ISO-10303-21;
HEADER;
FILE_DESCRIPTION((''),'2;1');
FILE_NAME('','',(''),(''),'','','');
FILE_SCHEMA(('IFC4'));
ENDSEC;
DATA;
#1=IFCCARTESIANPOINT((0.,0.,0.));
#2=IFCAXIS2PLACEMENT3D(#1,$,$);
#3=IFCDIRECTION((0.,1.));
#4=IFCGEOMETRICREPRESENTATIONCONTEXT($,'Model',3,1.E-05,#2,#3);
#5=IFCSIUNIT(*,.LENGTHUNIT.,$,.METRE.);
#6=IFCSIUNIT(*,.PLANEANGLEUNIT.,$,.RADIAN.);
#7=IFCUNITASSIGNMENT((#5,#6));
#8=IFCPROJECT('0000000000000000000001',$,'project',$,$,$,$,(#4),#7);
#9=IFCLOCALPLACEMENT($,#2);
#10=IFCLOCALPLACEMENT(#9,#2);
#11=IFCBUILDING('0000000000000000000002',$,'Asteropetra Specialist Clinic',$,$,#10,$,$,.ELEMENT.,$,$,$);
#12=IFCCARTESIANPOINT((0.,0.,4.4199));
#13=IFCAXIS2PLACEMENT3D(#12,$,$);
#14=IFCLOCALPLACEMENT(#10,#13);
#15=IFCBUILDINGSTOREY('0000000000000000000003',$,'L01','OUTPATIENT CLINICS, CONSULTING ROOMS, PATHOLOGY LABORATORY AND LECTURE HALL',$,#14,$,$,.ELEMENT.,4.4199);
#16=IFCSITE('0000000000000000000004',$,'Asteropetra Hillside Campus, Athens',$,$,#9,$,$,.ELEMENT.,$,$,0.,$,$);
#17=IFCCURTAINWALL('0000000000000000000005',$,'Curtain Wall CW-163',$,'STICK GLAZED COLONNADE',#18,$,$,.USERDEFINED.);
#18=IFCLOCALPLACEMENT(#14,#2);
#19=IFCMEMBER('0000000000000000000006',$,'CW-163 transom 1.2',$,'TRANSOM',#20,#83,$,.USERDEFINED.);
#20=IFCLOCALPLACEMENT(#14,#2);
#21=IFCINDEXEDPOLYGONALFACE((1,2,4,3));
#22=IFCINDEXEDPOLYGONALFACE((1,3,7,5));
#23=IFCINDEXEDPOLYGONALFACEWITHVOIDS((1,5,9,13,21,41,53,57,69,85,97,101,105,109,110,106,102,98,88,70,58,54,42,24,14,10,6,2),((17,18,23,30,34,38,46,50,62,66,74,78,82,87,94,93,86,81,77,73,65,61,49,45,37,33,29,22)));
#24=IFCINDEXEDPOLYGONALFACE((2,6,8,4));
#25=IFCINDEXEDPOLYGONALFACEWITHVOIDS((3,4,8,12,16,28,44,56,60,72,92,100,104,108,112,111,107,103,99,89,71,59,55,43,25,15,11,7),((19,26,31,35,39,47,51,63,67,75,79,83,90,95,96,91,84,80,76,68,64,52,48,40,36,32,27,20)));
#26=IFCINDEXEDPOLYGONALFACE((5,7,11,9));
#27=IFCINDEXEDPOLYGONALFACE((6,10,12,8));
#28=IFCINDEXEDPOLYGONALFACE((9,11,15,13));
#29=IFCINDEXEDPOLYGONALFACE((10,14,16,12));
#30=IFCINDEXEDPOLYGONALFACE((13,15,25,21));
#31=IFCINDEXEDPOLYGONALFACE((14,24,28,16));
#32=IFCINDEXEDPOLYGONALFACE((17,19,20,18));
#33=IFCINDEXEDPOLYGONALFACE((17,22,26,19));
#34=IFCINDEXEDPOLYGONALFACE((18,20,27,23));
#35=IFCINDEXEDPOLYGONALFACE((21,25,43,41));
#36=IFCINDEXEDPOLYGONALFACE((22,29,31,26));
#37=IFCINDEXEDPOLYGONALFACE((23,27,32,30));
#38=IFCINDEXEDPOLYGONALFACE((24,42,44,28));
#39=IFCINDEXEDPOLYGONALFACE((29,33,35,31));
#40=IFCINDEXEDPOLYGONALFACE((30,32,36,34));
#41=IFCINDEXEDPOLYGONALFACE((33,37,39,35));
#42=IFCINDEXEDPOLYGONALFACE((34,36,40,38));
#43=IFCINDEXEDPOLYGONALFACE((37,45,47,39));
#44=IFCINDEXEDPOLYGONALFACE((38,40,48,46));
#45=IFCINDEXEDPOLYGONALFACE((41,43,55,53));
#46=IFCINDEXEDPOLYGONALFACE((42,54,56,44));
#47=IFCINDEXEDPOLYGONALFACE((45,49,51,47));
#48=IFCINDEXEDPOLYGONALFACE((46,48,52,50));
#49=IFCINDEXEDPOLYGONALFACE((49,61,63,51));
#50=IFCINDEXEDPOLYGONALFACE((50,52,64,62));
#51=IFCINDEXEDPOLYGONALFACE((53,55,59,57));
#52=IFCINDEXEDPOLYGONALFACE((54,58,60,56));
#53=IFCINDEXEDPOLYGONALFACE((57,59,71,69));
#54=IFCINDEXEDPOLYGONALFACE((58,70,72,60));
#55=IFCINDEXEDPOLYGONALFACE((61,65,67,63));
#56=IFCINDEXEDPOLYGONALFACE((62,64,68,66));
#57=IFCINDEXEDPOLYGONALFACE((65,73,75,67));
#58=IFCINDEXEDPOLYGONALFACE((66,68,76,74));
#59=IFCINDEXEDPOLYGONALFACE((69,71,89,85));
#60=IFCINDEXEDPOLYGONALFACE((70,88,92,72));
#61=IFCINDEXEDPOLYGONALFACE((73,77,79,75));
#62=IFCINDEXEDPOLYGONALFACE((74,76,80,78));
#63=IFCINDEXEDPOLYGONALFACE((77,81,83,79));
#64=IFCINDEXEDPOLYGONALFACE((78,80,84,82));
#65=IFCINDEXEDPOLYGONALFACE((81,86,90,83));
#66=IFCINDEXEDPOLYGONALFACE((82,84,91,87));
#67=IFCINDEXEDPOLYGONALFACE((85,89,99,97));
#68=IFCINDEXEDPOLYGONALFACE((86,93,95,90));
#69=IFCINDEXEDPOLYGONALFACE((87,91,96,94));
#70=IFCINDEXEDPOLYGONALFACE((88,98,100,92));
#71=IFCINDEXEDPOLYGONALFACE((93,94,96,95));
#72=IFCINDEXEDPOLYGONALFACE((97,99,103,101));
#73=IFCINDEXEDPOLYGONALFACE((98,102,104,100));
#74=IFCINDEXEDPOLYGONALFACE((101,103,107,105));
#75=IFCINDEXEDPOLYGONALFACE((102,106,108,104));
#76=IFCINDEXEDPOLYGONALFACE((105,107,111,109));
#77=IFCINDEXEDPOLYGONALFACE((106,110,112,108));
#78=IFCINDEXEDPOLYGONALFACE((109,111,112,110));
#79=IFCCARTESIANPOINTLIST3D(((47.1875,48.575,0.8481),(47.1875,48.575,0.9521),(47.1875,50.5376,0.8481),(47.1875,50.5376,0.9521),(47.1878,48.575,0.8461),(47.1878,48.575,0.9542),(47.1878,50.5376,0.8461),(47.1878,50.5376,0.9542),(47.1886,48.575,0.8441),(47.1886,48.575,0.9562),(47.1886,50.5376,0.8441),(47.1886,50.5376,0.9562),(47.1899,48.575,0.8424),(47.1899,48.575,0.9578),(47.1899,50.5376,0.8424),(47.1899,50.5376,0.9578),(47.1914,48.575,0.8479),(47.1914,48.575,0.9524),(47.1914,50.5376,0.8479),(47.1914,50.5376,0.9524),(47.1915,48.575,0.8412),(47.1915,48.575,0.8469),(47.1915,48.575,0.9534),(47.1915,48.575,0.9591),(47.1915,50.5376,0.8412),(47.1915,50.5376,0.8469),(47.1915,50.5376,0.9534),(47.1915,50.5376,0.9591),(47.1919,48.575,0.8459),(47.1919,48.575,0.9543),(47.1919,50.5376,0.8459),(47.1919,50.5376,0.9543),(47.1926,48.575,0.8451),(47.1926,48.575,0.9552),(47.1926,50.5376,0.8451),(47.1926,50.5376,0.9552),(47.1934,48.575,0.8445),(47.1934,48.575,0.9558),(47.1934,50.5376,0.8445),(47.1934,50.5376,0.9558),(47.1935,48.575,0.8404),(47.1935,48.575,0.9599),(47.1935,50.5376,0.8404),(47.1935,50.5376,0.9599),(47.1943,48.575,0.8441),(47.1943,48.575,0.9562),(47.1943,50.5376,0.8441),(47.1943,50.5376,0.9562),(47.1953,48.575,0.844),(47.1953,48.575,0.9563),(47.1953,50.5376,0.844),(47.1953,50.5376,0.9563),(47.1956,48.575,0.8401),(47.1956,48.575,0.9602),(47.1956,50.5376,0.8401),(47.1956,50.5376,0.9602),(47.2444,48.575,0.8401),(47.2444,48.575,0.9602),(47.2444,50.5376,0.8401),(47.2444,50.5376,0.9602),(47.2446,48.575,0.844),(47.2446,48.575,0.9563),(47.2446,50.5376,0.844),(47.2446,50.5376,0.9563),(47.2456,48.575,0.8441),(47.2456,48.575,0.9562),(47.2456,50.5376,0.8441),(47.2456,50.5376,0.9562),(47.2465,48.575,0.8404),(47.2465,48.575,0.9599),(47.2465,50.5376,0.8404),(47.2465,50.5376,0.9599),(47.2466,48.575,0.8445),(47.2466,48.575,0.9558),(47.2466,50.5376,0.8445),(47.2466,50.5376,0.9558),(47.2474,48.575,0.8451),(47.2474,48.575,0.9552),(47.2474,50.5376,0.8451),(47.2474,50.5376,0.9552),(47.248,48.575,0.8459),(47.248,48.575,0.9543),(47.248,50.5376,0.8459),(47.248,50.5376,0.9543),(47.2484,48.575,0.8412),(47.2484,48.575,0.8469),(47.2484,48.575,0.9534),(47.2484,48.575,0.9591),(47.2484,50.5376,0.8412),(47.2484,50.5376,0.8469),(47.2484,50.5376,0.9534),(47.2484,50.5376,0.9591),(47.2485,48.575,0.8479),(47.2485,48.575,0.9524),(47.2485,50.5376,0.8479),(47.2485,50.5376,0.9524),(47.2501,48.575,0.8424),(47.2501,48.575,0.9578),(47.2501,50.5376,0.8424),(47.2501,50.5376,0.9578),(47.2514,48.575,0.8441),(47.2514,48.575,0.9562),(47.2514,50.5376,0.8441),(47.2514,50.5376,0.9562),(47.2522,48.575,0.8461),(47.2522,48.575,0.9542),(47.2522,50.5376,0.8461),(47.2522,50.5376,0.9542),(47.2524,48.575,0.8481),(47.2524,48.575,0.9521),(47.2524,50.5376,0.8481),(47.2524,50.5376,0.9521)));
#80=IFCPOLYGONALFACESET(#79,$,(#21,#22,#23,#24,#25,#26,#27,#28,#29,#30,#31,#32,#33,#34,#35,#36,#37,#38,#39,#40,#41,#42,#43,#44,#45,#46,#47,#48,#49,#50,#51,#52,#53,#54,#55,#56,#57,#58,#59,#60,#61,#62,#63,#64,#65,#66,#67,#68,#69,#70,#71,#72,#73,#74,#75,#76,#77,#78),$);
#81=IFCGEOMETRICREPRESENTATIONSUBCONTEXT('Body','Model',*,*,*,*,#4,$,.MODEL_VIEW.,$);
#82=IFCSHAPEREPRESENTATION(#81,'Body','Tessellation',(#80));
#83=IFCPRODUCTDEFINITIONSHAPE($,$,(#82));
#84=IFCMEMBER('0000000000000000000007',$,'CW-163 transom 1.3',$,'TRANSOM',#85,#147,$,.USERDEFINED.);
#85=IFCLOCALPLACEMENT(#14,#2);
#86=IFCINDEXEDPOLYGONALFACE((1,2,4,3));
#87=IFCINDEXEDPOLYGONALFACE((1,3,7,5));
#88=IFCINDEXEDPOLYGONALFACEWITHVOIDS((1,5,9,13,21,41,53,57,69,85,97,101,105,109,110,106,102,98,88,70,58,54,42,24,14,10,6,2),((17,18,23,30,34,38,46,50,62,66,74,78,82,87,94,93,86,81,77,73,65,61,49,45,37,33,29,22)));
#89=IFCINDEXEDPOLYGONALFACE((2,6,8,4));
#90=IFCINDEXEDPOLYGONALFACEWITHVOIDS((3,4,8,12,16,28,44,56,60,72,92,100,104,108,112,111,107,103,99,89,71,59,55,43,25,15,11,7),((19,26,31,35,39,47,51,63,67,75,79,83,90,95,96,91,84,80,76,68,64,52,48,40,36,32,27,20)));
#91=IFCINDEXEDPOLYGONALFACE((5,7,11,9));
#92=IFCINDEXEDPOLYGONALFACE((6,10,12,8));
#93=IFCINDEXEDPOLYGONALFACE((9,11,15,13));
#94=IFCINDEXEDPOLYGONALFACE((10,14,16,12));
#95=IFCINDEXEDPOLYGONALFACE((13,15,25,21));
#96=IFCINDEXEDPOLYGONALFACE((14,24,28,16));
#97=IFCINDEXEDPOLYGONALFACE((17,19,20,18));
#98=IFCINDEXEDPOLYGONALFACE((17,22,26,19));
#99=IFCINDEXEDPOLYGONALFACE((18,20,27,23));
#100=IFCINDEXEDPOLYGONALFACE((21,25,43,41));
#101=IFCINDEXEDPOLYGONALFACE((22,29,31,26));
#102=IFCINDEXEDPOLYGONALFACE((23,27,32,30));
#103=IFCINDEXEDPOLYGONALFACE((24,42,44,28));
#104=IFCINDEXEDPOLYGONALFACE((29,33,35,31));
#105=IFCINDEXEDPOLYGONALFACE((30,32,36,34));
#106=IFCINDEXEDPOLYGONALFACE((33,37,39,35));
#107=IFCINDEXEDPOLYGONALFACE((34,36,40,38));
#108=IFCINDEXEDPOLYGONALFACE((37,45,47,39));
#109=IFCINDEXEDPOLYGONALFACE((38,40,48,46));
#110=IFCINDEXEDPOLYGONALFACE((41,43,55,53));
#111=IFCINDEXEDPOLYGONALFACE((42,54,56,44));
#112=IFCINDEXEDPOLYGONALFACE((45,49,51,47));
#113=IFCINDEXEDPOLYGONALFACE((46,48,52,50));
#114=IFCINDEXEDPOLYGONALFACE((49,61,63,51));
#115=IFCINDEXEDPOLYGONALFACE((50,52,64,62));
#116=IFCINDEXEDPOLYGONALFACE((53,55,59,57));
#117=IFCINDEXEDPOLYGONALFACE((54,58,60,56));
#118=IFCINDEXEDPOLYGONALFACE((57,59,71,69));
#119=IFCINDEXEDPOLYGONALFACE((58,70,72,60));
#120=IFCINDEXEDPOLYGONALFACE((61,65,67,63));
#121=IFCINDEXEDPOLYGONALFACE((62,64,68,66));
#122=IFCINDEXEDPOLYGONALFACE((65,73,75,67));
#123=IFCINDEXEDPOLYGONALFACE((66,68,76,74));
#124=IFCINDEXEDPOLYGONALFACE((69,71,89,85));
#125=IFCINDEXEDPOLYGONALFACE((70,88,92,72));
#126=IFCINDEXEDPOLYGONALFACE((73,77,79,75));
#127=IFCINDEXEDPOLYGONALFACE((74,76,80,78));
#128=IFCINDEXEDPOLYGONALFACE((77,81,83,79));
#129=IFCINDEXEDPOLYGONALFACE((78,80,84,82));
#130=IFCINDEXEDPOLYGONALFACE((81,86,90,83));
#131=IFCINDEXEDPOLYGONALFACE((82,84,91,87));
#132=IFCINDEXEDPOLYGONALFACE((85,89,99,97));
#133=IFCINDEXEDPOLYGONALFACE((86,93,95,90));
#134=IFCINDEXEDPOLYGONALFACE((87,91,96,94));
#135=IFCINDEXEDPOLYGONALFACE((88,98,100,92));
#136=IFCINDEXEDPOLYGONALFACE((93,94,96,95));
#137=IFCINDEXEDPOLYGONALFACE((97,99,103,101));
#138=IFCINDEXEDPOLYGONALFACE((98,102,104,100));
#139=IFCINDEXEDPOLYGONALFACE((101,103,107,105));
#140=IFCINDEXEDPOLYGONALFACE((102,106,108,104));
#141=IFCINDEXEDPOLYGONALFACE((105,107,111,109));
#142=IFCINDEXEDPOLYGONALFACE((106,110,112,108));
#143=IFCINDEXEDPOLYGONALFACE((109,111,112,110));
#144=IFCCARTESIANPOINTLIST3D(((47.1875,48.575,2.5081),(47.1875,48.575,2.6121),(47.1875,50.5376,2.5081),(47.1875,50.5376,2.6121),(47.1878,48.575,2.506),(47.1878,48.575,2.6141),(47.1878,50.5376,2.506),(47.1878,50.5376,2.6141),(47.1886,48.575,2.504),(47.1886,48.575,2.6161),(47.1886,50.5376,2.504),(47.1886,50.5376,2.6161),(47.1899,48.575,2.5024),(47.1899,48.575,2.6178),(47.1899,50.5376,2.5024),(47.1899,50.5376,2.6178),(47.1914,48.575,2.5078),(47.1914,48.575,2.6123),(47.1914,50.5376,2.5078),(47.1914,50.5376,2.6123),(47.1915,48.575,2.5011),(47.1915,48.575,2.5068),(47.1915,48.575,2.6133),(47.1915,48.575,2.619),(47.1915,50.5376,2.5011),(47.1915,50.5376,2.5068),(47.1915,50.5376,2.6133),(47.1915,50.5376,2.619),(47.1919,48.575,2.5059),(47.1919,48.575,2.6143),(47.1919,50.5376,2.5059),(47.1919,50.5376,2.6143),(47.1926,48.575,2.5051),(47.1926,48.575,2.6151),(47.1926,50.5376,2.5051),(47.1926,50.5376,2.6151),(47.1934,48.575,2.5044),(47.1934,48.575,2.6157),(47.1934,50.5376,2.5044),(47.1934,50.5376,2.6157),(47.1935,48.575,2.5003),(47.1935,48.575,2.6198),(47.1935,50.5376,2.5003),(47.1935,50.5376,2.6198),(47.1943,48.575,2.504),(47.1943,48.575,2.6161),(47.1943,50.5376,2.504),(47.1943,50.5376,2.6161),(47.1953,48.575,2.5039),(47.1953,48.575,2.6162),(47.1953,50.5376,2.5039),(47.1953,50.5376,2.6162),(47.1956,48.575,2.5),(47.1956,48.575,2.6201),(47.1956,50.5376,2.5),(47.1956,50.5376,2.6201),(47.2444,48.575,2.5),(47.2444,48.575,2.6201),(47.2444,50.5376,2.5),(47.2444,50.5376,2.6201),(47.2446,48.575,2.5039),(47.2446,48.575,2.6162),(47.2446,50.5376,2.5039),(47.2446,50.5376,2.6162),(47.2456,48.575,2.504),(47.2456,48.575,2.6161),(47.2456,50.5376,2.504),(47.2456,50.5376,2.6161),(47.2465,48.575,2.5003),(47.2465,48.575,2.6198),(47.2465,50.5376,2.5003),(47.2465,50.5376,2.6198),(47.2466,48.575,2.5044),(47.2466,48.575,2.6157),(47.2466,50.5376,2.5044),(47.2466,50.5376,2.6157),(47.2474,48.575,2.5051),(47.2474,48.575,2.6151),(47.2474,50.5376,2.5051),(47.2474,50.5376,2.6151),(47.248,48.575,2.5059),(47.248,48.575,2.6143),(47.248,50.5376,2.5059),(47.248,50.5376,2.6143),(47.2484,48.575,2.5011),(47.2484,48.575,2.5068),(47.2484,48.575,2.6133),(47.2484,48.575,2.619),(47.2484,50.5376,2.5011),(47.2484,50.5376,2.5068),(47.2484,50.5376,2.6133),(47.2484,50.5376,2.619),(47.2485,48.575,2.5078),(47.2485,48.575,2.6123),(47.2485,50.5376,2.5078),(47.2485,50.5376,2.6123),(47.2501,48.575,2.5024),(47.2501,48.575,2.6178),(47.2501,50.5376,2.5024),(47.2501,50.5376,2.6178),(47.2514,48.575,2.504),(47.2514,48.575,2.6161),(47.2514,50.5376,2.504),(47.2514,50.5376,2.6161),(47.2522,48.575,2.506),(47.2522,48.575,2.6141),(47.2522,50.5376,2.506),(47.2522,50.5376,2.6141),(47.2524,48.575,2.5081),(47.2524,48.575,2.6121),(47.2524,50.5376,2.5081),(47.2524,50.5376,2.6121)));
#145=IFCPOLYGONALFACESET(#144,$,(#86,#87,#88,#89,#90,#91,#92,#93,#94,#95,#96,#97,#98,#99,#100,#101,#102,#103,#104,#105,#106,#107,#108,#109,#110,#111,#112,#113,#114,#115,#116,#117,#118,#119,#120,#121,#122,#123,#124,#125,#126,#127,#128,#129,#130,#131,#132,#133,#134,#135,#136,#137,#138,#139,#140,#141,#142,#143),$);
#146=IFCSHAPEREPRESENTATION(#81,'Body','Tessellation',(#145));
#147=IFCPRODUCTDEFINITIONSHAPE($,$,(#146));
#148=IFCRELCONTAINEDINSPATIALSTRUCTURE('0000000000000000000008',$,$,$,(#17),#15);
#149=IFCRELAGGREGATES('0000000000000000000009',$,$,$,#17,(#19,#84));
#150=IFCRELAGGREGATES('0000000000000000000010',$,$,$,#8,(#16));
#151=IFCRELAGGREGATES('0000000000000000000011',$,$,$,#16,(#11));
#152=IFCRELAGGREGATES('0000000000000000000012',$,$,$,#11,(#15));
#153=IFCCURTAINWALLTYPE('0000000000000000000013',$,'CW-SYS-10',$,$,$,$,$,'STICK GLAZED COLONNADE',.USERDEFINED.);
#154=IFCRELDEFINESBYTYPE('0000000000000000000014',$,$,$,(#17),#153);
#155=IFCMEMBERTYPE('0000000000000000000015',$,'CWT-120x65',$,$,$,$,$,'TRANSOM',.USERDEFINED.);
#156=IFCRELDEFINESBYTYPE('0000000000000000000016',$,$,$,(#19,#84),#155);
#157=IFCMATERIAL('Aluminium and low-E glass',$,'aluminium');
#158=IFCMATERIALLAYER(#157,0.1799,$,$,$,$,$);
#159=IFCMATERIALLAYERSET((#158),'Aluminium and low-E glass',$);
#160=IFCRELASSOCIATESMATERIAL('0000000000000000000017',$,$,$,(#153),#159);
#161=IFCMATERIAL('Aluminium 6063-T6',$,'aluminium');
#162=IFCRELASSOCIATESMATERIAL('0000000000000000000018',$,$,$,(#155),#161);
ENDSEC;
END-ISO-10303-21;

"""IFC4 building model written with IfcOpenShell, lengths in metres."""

from ifc_helpers import new_model, si_unit, direction, frame, origin, origin_2d, place, context, subcontext, project, spatial, hollow_rectangle, extrude, material, layer, layer_set, material_profile, profile_set, type_object, element, aggregate, save


model = new_model("IFC4")

# Units and contexts
model_context = context("Model", 3, precision=1e-05, world=origin(), true_north=direction((0.0, 1.0)))
body_context = subcontext(model_context, "Body", "Model", "MODEL_VIEW")
ifc_project = project(units=[si_unit("LENGTHUNIT", "METRE"), si_unit("PLANEANGLEUNIT", "RADIAN")], contexts=[model_context])

# Site, building, storey
site_placement = place(None, origin())
site = spatial("IfcSite", under=ifc_project, at=site_placement, Name="Asteropetra Hillside Campus, Athens", CompositionType="ELEMENT", RefElevation=0.0)
building_placement = place(site_placement, origin())
building = spatial("IfcBuilding", under=site, at=building_placement, Name="Asteropetra Specialist Clinic", CompositionType="ELEMENT")
storey_placement = place(building_placement, frame((0.0, 0.0, 4.4199)))
storey = spatial("IfcBuildingStorey", under=building, at=storey_placement, Name="L01", Description="OUTPATIENT CLINICS, CONSULTING ROOMS, PATHOLOGY LABORATORY AND LECTURE HALL", CompositionType="ELEMENT", Elevation=4.4199)

# Shared definitions
ifc_material_1 = material(Name="Aluminium and low-E glass", Category="aluminium")
ifc_layer_1 = layer(ifc_material_1, 0.1799)
ifc_layer_set_1 = layer_set([ifc_layer_1], Name="Aluminium and low-E glass")
curtain_wall_type = type_object("IfcCurtainWallType", Name="CW-SYS-10", ElementType="STICK GLAZED COLONNADE", PredefinedType="USERDEFINED", material=ifc_layer_set_1)

# Curtain wall
curtain_wall_1_placement = place(storey_placement, origin())
curtain_wall_1 = element("IfcCurtainWall", 1, at=curtain_wall_1_placement, inside=storey, type_object=curtain_wall_type, Name="Curtain Wall CW-163", ObjectType="STICK GLAZED COLONNADE", PredefinedType="USERDEFINED")

# Members
ifc_material_2 = material(Name="Aluminium 6063-T6", Category="aluminium")
ifc_material_profile_1 = material_profile(ifc_material_2, hollow_rectangle(XDim=0.0649, YDim=0.1201, WallThickness=0.0039, InnerFilletRadius=0.0039, OuterFilletRadius=0.0081, at=origin_2d()), Name="TRN 120x65x4.0")
ifc_profile_set_1 = profile_set([ifc_material_profile_1], Name="Aluminium 6063-T6")
member_type_1 = type_object("IfcMemberType", Name="CWT-120x65", ElementType="TRANSOM", PredefinedType="USERDEFINED", material=ifc_profile_set_1)
member_1_placement = place(storey_placement, frame((47.22, 48.575, 0.9001), z_axis=(0.0, 1.0, 0.0), x_axis=(-1.0, 0.0, 0.0)))
member_1 = element("IfcMember", 2, at=member_1_placement, type_object=member_type_1, Name="CW-163 transom 1.2", ObjectType="TRANSOM", PredefinedType="USERDEFINED", context=body_context, shape_type="SweptSolid", body=[
    extrude(hollow_rectangle(XDim=0.0649, YDim=0.1201, WallThickness=0.0039, InnerFilletRadius=0.0039, OuterFilletRadius=0.0081, at=origin_2d()), origin(), (0.0, 0.0, 1.0), 1.9626),
])
member_2_placement = place(storey_placement, frame((47.22, 48.575, 2.5601), z_axis=(0.0, 1.0, 0.0), x_axis=(-1.0, 0.0, 0.0)))
member_2 = element("IfcMember", 3, at=member_2_placement, type_object=member_type_1, Name="CW-163 transom 1.3", ObjectType="TRANSOM", PredefinedType="USERDEFINED", context=body_context, shape_type="SweptSolid", body=[
    extrude(hollow_rectangle(XDim=0.0649, YDim=0.1201, WallThickness=0.0039, InnerFilletRadius=0.0039, OuterFilletRadius=0.0081, at=origin_2d()), origin(), (0.0, 0.0, 1.0), 1.9626),
])
aggregate(curtain_wall_1, [member_1, member_2])

save(model, "model.ifc")
